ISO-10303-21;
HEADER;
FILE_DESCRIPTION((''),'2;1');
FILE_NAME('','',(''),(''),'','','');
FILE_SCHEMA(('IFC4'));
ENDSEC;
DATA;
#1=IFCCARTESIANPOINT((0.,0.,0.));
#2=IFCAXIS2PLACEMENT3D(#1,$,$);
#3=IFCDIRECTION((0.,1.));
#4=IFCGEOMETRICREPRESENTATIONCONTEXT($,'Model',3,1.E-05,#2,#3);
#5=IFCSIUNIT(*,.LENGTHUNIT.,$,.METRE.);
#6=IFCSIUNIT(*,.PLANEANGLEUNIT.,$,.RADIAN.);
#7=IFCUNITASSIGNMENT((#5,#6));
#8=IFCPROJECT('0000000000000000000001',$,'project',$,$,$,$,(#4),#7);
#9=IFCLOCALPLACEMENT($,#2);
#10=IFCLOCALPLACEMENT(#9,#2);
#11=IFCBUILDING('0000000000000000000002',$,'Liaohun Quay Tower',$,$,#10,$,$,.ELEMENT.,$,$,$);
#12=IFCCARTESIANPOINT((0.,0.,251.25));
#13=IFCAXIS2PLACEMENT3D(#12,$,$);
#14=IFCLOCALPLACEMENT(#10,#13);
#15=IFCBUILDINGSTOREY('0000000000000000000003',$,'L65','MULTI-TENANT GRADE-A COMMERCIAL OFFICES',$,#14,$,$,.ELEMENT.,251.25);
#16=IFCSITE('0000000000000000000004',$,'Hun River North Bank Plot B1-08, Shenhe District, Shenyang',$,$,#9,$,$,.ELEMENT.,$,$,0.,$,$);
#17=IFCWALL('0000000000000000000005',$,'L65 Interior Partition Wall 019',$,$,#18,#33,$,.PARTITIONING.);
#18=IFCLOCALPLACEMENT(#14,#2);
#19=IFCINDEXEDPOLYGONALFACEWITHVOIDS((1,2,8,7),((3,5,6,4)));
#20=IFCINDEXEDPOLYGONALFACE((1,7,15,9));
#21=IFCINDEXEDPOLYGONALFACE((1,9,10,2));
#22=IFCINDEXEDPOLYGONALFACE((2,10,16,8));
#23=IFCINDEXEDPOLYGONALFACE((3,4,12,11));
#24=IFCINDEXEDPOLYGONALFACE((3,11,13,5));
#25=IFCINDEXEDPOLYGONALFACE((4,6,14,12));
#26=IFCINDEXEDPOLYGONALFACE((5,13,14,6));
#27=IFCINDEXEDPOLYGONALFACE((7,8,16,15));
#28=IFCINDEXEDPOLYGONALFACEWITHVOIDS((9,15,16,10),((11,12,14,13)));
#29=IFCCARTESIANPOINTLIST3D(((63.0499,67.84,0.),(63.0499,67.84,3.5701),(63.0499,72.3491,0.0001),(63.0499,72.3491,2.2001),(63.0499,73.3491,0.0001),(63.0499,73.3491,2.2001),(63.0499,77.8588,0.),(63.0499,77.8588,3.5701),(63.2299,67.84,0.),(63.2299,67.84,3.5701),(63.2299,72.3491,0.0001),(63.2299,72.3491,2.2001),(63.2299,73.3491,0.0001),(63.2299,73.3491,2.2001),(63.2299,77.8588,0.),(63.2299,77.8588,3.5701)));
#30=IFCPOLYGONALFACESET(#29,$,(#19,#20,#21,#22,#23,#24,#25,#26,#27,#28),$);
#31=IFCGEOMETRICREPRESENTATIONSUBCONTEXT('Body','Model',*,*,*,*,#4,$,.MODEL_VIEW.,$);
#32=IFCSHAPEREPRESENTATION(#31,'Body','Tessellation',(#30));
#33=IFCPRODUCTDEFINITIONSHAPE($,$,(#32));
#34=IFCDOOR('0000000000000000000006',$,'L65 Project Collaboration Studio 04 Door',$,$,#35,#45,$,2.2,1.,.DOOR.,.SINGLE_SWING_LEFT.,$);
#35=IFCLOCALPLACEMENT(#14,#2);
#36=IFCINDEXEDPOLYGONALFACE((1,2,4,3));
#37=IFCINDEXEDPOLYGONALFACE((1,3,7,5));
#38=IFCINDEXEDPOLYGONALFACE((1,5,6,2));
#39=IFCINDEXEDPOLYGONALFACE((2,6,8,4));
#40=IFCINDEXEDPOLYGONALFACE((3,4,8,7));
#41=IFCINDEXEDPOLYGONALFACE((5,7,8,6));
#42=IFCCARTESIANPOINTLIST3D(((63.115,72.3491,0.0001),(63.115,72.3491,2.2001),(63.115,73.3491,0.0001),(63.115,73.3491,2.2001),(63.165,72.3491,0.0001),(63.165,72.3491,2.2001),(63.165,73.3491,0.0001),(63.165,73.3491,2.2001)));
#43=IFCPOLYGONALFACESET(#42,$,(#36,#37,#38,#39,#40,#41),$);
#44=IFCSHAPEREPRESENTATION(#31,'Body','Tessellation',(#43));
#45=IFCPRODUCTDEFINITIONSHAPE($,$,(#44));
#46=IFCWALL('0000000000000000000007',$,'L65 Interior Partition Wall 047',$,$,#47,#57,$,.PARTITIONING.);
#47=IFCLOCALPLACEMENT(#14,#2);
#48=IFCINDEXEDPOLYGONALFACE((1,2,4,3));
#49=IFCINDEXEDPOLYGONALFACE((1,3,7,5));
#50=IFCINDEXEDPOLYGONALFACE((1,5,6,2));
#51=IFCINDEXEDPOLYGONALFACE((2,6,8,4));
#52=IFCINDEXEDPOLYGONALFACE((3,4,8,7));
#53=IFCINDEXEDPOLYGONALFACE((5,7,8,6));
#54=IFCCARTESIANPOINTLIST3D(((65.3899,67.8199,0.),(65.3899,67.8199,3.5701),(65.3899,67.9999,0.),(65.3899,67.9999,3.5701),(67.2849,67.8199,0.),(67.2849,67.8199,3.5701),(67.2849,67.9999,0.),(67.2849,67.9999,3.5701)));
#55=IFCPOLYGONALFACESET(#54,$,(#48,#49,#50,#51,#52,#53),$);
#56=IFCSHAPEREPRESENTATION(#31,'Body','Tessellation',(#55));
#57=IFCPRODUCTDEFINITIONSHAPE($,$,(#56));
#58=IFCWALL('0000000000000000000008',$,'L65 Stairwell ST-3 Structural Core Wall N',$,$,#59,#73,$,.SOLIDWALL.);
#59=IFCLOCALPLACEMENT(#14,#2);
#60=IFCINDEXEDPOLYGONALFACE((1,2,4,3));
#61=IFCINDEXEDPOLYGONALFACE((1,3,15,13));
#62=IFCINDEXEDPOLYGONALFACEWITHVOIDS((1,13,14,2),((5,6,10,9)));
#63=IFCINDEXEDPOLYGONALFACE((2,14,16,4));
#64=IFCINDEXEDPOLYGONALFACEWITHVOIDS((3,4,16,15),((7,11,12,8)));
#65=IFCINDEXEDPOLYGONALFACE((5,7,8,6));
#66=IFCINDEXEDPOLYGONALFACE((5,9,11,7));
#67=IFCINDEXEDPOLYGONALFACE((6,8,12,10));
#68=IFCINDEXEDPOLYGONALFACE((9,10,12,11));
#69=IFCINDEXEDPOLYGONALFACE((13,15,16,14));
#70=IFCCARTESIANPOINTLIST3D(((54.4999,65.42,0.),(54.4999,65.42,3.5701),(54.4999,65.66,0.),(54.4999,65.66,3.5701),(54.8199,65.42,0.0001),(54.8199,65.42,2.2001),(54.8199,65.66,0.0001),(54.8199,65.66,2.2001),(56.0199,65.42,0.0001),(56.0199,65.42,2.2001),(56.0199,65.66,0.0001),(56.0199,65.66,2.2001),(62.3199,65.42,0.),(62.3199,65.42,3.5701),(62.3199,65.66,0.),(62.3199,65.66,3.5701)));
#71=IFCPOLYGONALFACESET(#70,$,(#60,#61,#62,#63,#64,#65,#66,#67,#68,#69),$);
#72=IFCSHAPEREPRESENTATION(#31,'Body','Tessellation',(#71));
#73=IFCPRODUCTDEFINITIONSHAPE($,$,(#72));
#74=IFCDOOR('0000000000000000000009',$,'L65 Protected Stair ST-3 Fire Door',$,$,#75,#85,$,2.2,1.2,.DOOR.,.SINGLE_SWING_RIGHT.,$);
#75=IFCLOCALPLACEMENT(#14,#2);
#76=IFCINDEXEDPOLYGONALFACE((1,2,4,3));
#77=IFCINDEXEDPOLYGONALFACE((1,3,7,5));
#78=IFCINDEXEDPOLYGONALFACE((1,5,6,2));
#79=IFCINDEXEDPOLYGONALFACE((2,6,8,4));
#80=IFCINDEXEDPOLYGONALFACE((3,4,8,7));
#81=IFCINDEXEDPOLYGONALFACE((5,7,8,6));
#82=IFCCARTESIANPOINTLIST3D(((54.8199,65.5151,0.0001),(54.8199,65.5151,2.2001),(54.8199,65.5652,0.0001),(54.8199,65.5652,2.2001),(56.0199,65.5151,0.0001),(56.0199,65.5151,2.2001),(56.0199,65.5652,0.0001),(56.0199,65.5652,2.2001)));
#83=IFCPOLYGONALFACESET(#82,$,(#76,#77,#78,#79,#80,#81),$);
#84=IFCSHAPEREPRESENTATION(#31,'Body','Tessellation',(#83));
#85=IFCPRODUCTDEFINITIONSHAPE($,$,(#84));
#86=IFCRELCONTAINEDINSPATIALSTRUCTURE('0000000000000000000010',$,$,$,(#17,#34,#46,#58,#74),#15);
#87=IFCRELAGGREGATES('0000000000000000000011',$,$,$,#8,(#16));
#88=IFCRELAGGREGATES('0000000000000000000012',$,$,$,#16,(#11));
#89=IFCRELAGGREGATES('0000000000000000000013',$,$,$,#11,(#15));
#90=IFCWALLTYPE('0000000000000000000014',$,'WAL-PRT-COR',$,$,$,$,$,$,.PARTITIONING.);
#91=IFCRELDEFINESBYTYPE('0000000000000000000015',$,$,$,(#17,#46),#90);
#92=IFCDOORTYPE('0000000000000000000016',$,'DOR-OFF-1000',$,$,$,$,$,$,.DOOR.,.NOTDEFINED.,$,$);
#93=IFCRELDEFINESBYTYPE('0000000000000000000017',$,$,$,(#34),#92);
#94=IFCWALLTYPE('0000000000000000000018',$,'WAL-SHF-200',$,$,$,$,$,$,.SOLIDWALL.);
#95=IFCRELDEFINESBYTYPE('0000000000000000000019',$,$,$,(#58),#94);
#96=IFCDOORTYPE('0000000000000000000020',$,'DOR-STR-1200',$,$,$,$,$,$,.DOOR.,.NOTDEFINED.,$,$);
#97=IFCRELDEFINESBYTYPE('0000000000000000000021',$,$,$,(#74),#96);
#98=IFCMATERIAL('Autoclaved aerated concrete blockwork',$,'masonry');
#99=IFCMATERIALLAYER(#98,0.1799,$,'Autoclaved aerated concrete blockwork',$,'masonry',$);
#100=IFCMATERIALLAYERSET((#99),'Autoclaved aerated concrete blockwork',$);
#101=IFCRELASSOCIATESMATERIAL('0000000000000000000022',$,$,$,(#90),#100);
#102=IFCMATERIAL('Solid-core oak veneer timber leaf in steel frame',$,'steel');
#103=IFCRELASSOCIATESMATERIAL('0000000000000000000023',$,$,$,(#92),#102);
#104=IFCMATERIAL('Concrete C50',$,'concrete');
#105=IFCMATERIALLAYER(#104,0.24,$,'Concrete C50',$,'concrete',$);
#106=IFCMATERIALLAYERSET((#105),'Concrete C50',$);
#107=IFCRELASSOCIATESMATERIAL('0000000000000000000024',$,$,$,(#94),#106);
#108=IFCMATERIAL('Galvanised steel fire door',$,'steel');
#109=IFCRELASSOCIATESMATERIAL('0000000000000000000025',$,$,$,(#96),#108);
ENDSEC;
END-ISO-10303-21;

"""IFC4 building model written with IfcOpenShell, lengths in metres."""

from ifc_helpers import new_model, si_unit, direction, frame, frame_2d, origin, place, context, subcontext, project, spatial, rectangle, extrude, source, transform, mapped, material, layer, layer_set, type_object, element, fill, save


model = new_model("IFC4")

# Units and contexts
model_context = context("Model", 3, precision=1e-05, world=origin(), true_north=direction((0.0, 1.0)))
body_context = subcontext(model_context, "Body", "Model", "MODEL_VIEW")
ifc_project = project(units=[si_unit("LENGTHUNIT", "METRE"), si_unit("PLANEANGLEUNIT", "RADIAN")], contexts=[model_context])

# Site, building, storey
site_placement = place(None, origin())
site = spatial("IfcSite", under=ifc_project, at=site_placement, Name="Hun River North Bank Plot B1-08, Shenhe District, Shenyang", CompositionType="ELEMENT", RefElevation=0.0)
building_placement = place(site_placement, origin())
building = spatial("IfcBuilding", under=site, at=building_placement, Name="Liaohun Quay Tower", CompositionType="ELEMENT")
storey_placement = place(building_placement, frame((0.0, 0.0, 251.25)))
storey = spatial("IfcBuildingStorey", under=building, at=storey_placement, Name="L65", Description="MULTI-TENANT GRADE-A COMMERCIAL OFFICES", CompositionType="ELEMENT", Elevation=251.25)

# Wall, opening, door
ifc_material_1 = material(Name="Autoclaved aerated concrete blockwork", Category="masonry")
ifc_layer_1 = layer(ifc_material_1, 0.1799, Name="Autoclaved aerated concrete blockwork", Category="masonry")
ifc_layer_set_1 = layer_set([ifc_layer_1], Name="Autoclaved aerated concrete blockwork")
wall_type_1 = type_object("IfcWallType", Name="WAL-PRT-COR", PredefinedType="PARTITIONING", material=ifc_layer_set_1)
shared_shape_1 = source(origin(), body_context, "Body", "SweptSolid", [
    extrude(rectangle(XDim=1.0, YDim=2.2, at=frame_2d((0.5, 1.1001))), frame((0.0, 0.0999, 0.0), z_axis=(0.0, -1.0, 0.0), x_axis=(1.0, 0.0, 0.0)), (0.0, 0.0, 1.0), 0.2),
])
ifc_material_2 = material(Name="Solid-core oak veneer timber leaf in steel frame", Category="steel")
door_type_1 = type_object("IfcDoorType", Name="DOR-OFF-1000", OperationType="NOTDEFINED", PredefinedType="DOOR", material=ifc_material_2)
shared_shape_2 = source(origin(), body_context, "Body", "SweptSolid", [
    extrude(rectangle(XDim=1.0, YDim=2.2, at=frame_2d((0.5, 1.1001))), frame((0.0, 0.0249, 0.0), z_axis=(0.0, -1.0, 0.0), x_axis=(1.0, 0.0, 0.0)), (0.0, 0.0, 1.0), 0.05),
])
wall_1_placement = place(storey_placement, frame((63.1399, 67.8401, 0.0), z_axis=(0.0, 0.0, 1.0), x_axis=(0.0, 1.0, 0.0)))
wall_1 = element("IfcWall", 1, at=wall_1_placement, inside=storey, type_object=wall_type_1, Name="L65 Interior Partition Wall 019", PredefinedType="PARTITIONING", context=body_context, shape_type="SweptSolid", body=[
    extrude(rectangle(XDim=10.0188, YDim=0.1799, at=frame_2d((5.0093, 0.0))), origin(), (0.0, 0.0, 1.0), 3.5701),
])
opening_1_placement = place(wall_1_placement, frame((4.509, 0.0, 0.0)))
opening_1 = element("IfcOpeningElement", 2, at=opening_1_placement, cuts=wall_1, PredefinedType="OPENING", context=body_context, shape_type="MappedRepresentation", body=[
    mapped(shared_shape_1, transform((0.0, 0.0, 0.0), x_axis=(1.0, 0.0, 0.0), y_axis=(0.0, 1.0, 0.0), z_axis=(0.0, 0.0, 1.0), scale=1.0)),
])
door_1_placement = place(opening_1_placement, origin())
door_1 = element("IfcDoor", 3, at=door_1_placement, inside=storey, type_object=door_type_1, Name="L65 Project Collaboration Studio 04 Door", OperationType="SINGLE_SWING_LEFT", OverallHeight=2.2, OverallWidth=1.0, PredefinedType="DOOR", context=body_context, shape_type="MappedRepresentation", body=[
    mapped(shared_shape_2, transform((0.0, 0.0, 0.0), x_axis=(1.0, 0.0, 0.0), y_axis=(0.0, 1.0, 0.0), z_axis=(0.0, 0.0, 1.0), scale=1.0)),
])
fill(opening_1, door_1)

# Wall
wall_2_placement = place(storey_placement, frame((65.3899, 67.9099, 0.0), z_axis=(0.0, 0.0, 1.0), x_axis=(1.0, 0.0, 0.0)))
element("IfcWall", 4, at=wall_2_placement, inside=storey, type_object=wall_type_1, Name="L65 Interior Partition Wall 047", PredefinedType="PARTITIONING", context=body_context, shape_type="SweptSolid", body=[
    extrude(rectangle(XDim=1.895, YDim=0.1799, at=frame_2d((0.9475, 0.0))), origin(), (0.0, 0.0, 1.0), 3.5701),
])

# Wall, opening, door
ifc_material_3 = material(Name="Concrete C50", Category="concrete")
ifc_layer_2 = layer(ifc_material_3, 0.24, Name="Concrete C50", Category="concrete")
ifc_layer_set_2 = layer_set([ifc_layer_2], Name="Concrete C50")
wall_type_2 = type_object("IfcWallType", Name="WAL-SHF-200", PredefinedType="SOLIDWALL", material=ifc_layer_set_2)
wall_3_placement = place(storey_placement, frame((62.3201, 65.54, 0.0), z_axis=(0.0, 0.0, 1.0), x_axis=(-1.0, 0.0, 0.0)))
wall_3 = element("IfcWall", 5, at=wall_3_placement, inside=storey, type_object=wall_type_2, Name="L65 Stairwell ST-3 Structural Core Wall N", PredefinedType="SOLIDWALL", context=body_context, shape_type="SweptSolid", body=[
    extrude(rectangle(XDim=7.8201, YDim=0.24, at=frame_2d((3.9102, 0.0))), origin(), (0.0, 0.0, 1.0), 3.5701),
])
shared_shape_3 = source(origin(), body_context, "Body", "SweptSolid", [
    extrude(rectangle(XDim=1.2, YDim=2.2, at=frame_2d((0.6001, 1.1001))), frame((0.0, 0.1299, 0.0), z_axis=(0.0, -1.0, 0.0), x_axis=(1.0, 0.0, 0.0)), (0.0, 0.0, 1.0), 0.26),
])
opening_2_placement = place(wall_3_placement, frame((6.3, 0.0, 0.0)))
opening_2 = element("IfcOpeningElement", 6, at=opening_2_placement, cuts=wall_3, PredefinedType="OPENING", context=body_context, shape_type="MappedRepresentation", body=[
    mapped(shared_shape_3, transform((0.0, 0.0, 0.0), x_axis=(1.0, 0.0, 0.0), y_axis=(0.0, 1.0, 0.0), z_axis=(0.0, 0.0, 1.0), scale=1.0)),
])
ifc_material_4 = material(Name="Galvanised steel fire door", Category="steel")
door_type_2 = type_object("IfcDoorType", Name="DOR-STR-1200", OperationType="NOTDEFINED", PredefinedType="DOOR", material=ifc_material_4)
shared_shape_4 = source(origin(), body_context, "Body", "SweptSolid", [
    extrude(rectangle(XDim=1.2, YDim=2.2, at=frame_2d((0.6001, 1.1001))), frame((0.0, 0.0249, 0.0), z_axis=(0.0, -1.0, 0.0), x_axis=(1.0, 0.0, 0.0)), (0.0, 0.0, 1.0), 0.05),
])
door_2_placement = place(opening_2_placement, origin())
door_2 = element("IfcDoor", 7, at=door_2_placement, inside=storey, type_object=door_type_2, Name="L65 Protected Stair ST-3 Fire Door", OperationType="SINGLE_SWING_RIGHT", OverallHeight=2.2, OverallWidth=1.2, PredefinedType="DOOR", context=body_context, shape_type="MappedRepresentation", body=[
    mapped(shared_shape_4, transform((0.0, 0.0, 0.0), x_axis=(1.0, 0.0, 0.0), y_axis=(0.0, 1.0, 0.0), z_axis=(0.0, 0.0, 1.0), scale=1.0)),
])
fill(opening_2, door_2)

save(model, "model.ifc")
